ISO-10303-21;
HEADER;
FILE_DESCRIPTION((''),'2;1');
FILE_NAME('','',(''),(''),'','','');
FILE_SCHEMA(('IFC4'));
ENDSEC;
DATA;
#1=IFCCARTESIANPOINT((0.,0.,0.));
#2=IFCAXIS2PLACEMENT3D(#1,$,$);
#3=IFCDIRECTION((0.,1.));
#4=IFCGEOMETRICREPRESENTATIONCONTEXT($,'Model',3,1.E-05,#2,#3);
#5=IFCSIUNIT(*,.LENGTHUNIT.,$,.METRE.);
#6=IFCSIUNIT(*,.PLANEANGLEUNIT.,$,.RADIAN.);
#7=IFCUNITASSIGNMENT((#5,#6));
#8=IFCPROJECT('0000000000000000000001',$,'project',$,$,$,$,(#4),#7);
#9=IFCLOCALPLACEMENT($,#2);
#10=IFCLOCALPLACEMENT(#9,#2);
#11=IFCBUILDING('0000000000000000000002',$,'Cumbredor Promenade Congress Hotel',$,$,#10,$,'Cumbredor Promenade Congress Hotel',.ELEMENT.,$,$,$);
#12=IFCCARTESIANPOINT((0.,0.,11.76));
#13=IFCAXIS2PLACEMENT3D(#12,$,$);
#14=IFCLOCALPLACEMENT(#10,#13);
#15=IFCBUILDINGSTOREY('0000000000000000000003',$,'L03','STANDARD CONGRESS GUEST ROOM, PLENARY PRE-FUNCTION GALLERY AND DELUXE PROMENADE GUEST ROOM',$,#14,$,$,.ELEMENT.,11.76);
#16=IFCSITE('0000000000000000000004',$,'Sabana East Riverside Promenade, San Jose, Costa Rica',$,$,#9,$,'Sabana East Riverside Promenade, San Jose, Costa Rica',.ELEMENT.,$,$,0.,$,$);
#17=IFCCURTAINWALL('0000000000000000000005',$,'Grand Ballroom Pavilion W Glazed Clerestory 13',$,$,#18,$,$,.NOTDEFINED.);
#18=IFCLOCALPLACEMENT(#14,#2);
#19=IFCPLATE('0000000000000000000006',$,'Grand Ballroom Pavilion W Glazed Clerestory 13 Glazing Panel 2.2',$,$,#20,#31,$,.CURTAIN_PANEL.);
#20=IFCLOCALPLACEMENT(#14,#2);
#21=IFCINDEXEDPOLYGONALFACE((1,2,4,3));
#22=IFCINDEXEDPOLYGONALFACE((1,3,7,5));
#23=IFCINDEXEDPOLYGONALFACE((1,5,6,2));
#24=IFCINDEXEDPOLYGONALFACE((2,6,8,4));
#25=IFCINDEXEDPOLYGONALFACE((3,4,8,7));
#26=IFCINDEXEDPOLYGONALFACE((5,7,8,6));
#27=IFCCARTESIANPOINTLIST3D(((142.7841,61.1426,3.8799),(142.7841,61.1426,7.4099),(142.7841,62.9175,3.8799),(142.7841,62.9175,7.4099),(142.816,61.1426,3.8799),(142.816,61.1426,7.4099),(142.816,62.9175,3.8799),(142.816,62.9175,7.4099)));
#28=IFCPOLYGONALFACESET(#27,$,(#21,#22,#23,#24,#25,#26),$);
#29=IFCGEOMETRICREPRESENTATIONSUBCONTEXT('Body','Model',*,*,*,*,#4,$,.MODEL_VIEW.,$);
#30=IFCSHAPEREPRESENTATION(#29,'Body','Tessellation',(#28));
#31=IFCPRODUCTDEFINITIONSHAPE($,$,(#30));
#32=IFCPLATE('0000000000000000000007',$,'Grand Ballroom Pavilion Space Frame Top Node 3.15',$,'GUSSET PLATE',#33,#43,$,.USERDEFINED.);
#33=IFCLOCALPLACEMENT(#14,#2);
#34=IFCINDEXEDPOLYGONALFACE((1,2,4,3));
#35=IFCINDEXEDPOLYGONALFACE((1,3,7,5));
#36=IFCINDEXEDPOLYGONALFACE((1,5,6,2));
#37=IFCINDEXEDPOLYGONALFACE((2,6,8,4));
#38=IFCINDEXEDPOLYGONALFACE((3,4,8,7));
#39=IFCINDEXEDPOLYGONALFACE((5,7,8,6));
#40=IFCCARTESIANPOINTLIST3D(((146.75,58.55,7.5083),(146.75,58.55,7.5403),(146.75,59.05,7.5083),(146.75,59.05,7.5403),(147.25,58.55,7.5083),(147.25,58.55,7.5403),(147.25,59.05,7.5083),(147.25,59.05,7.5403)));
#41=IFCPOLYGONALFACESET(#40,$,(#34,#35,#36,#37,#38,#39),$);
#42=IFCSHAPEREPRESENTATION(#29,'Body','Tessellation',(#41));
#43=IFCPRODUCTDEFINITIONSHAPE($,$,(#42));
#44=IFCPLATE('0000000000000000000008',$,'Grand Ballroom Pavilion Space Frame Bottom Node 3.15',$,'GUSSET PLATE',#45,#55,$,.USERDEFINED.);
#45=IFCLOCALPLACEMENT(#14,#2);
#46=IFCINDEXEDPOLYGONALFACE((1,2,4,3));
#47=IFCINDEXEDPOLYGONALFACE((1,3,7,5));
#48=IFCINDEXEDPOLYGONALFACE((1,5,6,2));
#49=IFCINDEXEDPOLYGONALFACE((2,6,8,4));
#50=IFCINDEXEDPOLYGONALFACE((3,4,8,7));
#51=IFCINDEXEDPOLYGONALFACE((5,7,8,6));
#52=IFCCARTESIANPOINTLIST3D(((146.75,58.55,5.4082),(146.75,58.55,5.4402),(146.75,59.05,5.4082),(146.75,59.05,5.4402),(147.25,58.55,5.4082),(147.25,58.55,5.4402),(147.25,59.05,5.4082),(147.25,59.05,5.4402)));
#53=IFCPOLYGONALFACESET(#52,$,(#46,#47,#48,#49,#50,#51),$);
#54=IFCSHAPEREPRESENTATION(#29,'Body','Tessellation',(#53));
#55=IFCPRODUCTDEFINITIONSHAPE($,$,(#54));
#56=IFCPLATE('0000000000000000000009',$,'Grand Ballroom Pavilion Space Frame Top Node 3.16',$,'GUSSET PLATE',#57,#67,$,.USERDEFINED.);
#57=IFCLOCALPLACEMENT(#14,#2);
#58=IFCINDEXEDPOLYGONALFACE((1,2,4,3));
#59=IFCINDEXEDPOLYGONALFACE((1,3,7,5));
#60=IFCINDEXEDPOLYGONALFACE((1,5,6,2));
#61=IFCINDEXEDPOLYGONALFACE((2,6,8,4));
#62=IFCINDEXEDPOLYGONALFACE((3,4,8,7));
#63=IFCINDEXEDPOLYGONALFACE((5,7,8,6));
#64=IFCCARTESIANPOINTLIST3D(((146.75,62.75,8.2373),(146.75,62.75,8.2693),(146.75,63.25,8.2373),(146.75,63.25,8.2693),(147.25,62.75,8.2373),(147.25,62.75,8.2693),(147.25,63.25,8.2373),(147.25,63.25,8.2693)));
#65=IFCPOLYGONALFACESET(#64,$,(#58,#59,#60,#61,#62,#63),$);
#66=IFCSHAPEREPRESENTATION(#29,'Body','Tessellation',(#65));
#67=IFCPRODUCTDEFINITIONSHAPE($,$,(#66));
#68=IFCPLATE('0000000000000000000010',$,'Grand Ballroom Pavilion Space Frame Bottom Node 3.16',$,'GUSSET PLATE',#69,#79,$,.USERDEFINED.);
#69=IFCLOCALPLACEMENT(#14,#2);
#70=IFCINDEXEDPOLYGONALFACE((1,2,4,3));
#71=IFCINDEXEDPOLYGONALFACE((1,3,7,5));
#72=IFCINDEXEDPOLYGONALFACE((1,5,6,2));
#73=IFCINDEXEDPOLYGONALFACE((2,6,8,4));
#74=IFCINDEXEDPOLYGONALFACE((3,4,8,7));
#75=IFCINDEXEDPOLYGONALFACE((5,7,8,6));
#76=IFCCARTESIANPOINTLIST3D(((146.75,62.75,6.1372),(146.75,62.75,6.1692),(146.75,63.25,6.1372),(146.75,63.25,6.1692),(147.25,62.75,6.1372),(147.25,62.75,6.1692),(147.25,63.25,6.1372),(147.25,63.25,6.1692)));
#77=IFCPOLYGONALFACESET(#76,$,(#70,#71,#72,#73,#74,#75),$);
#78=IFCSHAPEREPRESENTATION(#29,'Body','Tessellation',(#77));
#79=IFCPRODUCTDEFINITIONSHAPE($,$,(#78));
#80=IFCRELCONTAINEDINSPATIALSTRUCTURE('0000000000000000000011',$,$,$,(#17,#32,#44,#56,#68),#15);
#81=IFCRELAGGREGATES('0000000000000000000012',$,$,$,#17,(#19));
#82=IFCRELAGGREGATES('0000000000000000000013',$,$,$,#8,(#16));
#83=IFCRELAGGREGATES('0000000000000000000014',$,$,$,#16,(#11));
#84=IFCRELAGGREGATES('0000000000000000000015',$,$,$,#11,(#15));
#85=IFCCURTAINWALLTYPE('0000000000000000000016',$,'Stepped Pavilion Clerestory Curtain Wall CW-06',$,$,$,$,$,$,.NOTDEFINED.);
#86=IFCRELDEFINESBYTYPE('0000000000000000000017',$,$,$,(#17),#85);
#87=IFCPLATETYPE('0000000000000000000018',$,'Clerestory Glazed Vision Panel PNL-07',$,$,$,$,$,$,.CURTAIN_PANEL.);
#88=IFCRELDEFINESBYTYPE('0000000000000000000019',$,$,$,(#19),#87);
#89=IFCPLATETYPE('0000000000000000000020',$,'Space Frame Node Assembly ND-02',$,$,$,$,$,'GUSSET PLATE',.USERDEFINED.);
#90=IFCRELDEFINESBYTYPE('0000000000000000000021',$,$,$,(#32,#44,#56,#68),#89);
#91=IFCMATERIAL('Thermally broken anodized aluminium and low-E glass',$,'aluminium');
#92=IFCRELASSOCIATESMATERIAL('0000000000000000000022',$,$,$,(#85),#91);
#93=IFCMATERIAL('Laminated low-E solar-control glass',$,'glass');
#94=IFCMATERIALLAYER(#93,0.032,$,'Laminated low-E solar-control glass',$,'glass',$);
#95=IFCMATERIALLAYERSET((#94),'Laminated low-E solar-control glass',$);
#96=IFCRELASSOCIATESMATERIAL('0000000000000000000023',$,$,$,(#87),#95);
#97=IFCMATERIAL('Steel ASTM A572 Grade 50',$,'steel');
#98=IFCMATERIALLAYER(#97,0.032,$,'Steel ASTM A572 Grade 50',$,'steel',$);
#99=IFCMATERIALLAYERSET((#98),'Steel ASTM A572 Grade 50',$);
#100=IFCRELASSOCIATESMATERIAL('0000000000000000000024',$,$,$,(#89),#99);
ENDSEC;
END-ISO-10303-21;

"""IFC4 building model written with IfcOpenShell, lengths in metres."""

from ifc_helpers import new_model, si_unit, direction, frame, origin, origin_2d, place, context, subcontext, project, spatial, rectangle, extrude, material, layer, layer_set, type_object, element, aggregate, save


model = new_model("IFC4")

# Units and contexts
model_context = context("Model", 3, precision=1e-05, world=origin(), true_north=direction((0.0, 1.0)))
body_context = subcontext(model_context, "Body", "Model", "MODEL_VIEW")
ifc_project = project(units=[si_unit("LENGTHUNIT", "METRE"), si_unit("PLANEANGLEUNIT", "RADIAN")], contexts=[model_context])

# Site, building, storey
site_placement = place(None, origin())
site = spatial("IfcSite", under=ifc_project, at=site_placement, Name="Sabana East Riverside Promenade, San Jose, Costa Rica", LongName="Sabana East Riverside Promenade, San Jose, Costa Rica", CompositionType="ELEMENT", RefElevation=0.0)
building_placement = place(site_placement, origin())
building = spatial("IfcBuilding", under=site, at=building_placement, Name="Cumbredor Promenade Congress Hotel", LongName="Cumbredor Promenade Congress Hotel", CompositionType="ELEMENT")
storey_placement = place(building_placement, frame((0.0, 0.0, 11.76)))
storey = spatial("IfcBuildingStorey", under=building, at=storey_placement, Name="L03", Description="STANDARD CONGRESS GUEST ROOM, PLENARY PRE-FUNCTION GALLERY AND DELUXE PROMENADE GUEST ROOM", CompositionType="ELEMENT", Elevation=11.76)

# Curtain wall
ifc_material_1 = material(Name="Thermally broken anodized aluminium and low-E glass", Category="aluminium")
curtain_wall_type = type_object("IfcCurtainWallType", Name="Stepped Pavilion Clerestory Curtain Wall CW-06", PredefinedType="NOTDEFINED", material=ifc_material_1)
curtain_wall_1_placement = place(storey_placement, origin())
curtain_wall_1 = element("IfcCurtainWall", 1, at=curtain_wall_1_placement, inside=storey, type_object=curtain_wall_type, Name="Grand Ballroom Pavilion W Glazed Clerestory 13", PredefinedType="NOTDEFINED")

# Plate
ifc_material_2 = material(Name="Laminated low-E solar-control glass", Category="glass")
ifc_layer_1 = layer(ifc_material_2, 0.032, Name="Laminated low-E solar-control glass", Category="glass")
ifc_layer_set_1 = layer_set([ifc_layer_1], Name="Laminated low-E solar-control glass")
plate_type_1 = type_object("IfcPlateType", Name="Clerestory Glazed Vision Panel PNL-07", PredefinedType="CURTAIN_PANEL", material=ifc_layer_set_1)
plate_1_placement = place(storey_placement, frame((142.8, 62.03, 3.8799), z_axis=(0.0, 0.0, 1.0), x_axis=(0.0, 1.0, 0.0)))
plate_1 = element("IfcPlate", 2, at=plate_1_placement, type_object=plate_type_1, Name="Grand Ballroom Pavilion W Glazed Clerestory 13 Glazing Panel 2.2", PredefinedType="CURTAIN_PANEL", context=body_context, shape_type="SweptSolid", body=[
    extrude(rectangle(XDim=1.7749, YDim=0.032, at=origin_2d()), origin(), (0.0, 0.0, 1.0), 3.53),
])
aggregate(curtain_wall_1, [plate_1])

# Plates
ifc_material_3 = material(Name="Steel ASTM A572 Grade 50", Category="steel")
ifc_layer_2 = layer(ifc_material_3, 0.032, Name="Steel ASTM A572 Grade 50", Category="steel")
ifc_layer_set_2 = layer_set([ifc_layer_2], Name="Steel ASTM A572 Grade 50")
plate_type_2 = type_object("IfcPlateType", Name="Space Frame Node Assembly ND-02", ElementType="GUSSET PLATE", PredefinedType="USERDEFINED", material=ifc_layer_set_2)
for number, where, z_axis, x_axis, name in (
    (3, (147.0, 58.8, 7.5083), (0.0, 0.0, 1.0), (1.0, 0.0, 0.0), "Grand Ballroom Pavilion Space Frame Top Node 3.15"),
    (4, (147.0, 58.8, 5.4082), (0.0, 0.0, 1.0), (1.0, 0.0, 0.0), "Grand Ballroom Pavilion Space Frame Bottom Node 3.15"),
    (5, (147.0, 63.0, 8.2373), (0.0, 0.0, 1.0), (1.0, 0.0, 0.0), "Grand Ballroom Pavilion Space Frame Top Node 3.16"),
    (6, (147.0, 63.0, 6.1372), (0.0, 0.0, 1.0), (1.0, 0.0, 0.0), "Grand Ballroom Pavilion Space Frame Bottom Node 3.16"),
):
    element("IfcPlate", number, at=place(storey_placement, frame(where, z_axis=z_axis, x_axis=x_axis)), inside=storey, type_object=plate_type_2, Name=name, ObjectType="GUSSET PLATE", PredefinedType="USERDEFINED", context=body_context, shape_type="SweptSolid", body=[
        extrude(rectangle(XDim=0.5, YDim=0.5, at=origin_2d()), origin(), (0.0, 0.0, 1.0), 0.032),
    ])

save(model, "model.ifc")
